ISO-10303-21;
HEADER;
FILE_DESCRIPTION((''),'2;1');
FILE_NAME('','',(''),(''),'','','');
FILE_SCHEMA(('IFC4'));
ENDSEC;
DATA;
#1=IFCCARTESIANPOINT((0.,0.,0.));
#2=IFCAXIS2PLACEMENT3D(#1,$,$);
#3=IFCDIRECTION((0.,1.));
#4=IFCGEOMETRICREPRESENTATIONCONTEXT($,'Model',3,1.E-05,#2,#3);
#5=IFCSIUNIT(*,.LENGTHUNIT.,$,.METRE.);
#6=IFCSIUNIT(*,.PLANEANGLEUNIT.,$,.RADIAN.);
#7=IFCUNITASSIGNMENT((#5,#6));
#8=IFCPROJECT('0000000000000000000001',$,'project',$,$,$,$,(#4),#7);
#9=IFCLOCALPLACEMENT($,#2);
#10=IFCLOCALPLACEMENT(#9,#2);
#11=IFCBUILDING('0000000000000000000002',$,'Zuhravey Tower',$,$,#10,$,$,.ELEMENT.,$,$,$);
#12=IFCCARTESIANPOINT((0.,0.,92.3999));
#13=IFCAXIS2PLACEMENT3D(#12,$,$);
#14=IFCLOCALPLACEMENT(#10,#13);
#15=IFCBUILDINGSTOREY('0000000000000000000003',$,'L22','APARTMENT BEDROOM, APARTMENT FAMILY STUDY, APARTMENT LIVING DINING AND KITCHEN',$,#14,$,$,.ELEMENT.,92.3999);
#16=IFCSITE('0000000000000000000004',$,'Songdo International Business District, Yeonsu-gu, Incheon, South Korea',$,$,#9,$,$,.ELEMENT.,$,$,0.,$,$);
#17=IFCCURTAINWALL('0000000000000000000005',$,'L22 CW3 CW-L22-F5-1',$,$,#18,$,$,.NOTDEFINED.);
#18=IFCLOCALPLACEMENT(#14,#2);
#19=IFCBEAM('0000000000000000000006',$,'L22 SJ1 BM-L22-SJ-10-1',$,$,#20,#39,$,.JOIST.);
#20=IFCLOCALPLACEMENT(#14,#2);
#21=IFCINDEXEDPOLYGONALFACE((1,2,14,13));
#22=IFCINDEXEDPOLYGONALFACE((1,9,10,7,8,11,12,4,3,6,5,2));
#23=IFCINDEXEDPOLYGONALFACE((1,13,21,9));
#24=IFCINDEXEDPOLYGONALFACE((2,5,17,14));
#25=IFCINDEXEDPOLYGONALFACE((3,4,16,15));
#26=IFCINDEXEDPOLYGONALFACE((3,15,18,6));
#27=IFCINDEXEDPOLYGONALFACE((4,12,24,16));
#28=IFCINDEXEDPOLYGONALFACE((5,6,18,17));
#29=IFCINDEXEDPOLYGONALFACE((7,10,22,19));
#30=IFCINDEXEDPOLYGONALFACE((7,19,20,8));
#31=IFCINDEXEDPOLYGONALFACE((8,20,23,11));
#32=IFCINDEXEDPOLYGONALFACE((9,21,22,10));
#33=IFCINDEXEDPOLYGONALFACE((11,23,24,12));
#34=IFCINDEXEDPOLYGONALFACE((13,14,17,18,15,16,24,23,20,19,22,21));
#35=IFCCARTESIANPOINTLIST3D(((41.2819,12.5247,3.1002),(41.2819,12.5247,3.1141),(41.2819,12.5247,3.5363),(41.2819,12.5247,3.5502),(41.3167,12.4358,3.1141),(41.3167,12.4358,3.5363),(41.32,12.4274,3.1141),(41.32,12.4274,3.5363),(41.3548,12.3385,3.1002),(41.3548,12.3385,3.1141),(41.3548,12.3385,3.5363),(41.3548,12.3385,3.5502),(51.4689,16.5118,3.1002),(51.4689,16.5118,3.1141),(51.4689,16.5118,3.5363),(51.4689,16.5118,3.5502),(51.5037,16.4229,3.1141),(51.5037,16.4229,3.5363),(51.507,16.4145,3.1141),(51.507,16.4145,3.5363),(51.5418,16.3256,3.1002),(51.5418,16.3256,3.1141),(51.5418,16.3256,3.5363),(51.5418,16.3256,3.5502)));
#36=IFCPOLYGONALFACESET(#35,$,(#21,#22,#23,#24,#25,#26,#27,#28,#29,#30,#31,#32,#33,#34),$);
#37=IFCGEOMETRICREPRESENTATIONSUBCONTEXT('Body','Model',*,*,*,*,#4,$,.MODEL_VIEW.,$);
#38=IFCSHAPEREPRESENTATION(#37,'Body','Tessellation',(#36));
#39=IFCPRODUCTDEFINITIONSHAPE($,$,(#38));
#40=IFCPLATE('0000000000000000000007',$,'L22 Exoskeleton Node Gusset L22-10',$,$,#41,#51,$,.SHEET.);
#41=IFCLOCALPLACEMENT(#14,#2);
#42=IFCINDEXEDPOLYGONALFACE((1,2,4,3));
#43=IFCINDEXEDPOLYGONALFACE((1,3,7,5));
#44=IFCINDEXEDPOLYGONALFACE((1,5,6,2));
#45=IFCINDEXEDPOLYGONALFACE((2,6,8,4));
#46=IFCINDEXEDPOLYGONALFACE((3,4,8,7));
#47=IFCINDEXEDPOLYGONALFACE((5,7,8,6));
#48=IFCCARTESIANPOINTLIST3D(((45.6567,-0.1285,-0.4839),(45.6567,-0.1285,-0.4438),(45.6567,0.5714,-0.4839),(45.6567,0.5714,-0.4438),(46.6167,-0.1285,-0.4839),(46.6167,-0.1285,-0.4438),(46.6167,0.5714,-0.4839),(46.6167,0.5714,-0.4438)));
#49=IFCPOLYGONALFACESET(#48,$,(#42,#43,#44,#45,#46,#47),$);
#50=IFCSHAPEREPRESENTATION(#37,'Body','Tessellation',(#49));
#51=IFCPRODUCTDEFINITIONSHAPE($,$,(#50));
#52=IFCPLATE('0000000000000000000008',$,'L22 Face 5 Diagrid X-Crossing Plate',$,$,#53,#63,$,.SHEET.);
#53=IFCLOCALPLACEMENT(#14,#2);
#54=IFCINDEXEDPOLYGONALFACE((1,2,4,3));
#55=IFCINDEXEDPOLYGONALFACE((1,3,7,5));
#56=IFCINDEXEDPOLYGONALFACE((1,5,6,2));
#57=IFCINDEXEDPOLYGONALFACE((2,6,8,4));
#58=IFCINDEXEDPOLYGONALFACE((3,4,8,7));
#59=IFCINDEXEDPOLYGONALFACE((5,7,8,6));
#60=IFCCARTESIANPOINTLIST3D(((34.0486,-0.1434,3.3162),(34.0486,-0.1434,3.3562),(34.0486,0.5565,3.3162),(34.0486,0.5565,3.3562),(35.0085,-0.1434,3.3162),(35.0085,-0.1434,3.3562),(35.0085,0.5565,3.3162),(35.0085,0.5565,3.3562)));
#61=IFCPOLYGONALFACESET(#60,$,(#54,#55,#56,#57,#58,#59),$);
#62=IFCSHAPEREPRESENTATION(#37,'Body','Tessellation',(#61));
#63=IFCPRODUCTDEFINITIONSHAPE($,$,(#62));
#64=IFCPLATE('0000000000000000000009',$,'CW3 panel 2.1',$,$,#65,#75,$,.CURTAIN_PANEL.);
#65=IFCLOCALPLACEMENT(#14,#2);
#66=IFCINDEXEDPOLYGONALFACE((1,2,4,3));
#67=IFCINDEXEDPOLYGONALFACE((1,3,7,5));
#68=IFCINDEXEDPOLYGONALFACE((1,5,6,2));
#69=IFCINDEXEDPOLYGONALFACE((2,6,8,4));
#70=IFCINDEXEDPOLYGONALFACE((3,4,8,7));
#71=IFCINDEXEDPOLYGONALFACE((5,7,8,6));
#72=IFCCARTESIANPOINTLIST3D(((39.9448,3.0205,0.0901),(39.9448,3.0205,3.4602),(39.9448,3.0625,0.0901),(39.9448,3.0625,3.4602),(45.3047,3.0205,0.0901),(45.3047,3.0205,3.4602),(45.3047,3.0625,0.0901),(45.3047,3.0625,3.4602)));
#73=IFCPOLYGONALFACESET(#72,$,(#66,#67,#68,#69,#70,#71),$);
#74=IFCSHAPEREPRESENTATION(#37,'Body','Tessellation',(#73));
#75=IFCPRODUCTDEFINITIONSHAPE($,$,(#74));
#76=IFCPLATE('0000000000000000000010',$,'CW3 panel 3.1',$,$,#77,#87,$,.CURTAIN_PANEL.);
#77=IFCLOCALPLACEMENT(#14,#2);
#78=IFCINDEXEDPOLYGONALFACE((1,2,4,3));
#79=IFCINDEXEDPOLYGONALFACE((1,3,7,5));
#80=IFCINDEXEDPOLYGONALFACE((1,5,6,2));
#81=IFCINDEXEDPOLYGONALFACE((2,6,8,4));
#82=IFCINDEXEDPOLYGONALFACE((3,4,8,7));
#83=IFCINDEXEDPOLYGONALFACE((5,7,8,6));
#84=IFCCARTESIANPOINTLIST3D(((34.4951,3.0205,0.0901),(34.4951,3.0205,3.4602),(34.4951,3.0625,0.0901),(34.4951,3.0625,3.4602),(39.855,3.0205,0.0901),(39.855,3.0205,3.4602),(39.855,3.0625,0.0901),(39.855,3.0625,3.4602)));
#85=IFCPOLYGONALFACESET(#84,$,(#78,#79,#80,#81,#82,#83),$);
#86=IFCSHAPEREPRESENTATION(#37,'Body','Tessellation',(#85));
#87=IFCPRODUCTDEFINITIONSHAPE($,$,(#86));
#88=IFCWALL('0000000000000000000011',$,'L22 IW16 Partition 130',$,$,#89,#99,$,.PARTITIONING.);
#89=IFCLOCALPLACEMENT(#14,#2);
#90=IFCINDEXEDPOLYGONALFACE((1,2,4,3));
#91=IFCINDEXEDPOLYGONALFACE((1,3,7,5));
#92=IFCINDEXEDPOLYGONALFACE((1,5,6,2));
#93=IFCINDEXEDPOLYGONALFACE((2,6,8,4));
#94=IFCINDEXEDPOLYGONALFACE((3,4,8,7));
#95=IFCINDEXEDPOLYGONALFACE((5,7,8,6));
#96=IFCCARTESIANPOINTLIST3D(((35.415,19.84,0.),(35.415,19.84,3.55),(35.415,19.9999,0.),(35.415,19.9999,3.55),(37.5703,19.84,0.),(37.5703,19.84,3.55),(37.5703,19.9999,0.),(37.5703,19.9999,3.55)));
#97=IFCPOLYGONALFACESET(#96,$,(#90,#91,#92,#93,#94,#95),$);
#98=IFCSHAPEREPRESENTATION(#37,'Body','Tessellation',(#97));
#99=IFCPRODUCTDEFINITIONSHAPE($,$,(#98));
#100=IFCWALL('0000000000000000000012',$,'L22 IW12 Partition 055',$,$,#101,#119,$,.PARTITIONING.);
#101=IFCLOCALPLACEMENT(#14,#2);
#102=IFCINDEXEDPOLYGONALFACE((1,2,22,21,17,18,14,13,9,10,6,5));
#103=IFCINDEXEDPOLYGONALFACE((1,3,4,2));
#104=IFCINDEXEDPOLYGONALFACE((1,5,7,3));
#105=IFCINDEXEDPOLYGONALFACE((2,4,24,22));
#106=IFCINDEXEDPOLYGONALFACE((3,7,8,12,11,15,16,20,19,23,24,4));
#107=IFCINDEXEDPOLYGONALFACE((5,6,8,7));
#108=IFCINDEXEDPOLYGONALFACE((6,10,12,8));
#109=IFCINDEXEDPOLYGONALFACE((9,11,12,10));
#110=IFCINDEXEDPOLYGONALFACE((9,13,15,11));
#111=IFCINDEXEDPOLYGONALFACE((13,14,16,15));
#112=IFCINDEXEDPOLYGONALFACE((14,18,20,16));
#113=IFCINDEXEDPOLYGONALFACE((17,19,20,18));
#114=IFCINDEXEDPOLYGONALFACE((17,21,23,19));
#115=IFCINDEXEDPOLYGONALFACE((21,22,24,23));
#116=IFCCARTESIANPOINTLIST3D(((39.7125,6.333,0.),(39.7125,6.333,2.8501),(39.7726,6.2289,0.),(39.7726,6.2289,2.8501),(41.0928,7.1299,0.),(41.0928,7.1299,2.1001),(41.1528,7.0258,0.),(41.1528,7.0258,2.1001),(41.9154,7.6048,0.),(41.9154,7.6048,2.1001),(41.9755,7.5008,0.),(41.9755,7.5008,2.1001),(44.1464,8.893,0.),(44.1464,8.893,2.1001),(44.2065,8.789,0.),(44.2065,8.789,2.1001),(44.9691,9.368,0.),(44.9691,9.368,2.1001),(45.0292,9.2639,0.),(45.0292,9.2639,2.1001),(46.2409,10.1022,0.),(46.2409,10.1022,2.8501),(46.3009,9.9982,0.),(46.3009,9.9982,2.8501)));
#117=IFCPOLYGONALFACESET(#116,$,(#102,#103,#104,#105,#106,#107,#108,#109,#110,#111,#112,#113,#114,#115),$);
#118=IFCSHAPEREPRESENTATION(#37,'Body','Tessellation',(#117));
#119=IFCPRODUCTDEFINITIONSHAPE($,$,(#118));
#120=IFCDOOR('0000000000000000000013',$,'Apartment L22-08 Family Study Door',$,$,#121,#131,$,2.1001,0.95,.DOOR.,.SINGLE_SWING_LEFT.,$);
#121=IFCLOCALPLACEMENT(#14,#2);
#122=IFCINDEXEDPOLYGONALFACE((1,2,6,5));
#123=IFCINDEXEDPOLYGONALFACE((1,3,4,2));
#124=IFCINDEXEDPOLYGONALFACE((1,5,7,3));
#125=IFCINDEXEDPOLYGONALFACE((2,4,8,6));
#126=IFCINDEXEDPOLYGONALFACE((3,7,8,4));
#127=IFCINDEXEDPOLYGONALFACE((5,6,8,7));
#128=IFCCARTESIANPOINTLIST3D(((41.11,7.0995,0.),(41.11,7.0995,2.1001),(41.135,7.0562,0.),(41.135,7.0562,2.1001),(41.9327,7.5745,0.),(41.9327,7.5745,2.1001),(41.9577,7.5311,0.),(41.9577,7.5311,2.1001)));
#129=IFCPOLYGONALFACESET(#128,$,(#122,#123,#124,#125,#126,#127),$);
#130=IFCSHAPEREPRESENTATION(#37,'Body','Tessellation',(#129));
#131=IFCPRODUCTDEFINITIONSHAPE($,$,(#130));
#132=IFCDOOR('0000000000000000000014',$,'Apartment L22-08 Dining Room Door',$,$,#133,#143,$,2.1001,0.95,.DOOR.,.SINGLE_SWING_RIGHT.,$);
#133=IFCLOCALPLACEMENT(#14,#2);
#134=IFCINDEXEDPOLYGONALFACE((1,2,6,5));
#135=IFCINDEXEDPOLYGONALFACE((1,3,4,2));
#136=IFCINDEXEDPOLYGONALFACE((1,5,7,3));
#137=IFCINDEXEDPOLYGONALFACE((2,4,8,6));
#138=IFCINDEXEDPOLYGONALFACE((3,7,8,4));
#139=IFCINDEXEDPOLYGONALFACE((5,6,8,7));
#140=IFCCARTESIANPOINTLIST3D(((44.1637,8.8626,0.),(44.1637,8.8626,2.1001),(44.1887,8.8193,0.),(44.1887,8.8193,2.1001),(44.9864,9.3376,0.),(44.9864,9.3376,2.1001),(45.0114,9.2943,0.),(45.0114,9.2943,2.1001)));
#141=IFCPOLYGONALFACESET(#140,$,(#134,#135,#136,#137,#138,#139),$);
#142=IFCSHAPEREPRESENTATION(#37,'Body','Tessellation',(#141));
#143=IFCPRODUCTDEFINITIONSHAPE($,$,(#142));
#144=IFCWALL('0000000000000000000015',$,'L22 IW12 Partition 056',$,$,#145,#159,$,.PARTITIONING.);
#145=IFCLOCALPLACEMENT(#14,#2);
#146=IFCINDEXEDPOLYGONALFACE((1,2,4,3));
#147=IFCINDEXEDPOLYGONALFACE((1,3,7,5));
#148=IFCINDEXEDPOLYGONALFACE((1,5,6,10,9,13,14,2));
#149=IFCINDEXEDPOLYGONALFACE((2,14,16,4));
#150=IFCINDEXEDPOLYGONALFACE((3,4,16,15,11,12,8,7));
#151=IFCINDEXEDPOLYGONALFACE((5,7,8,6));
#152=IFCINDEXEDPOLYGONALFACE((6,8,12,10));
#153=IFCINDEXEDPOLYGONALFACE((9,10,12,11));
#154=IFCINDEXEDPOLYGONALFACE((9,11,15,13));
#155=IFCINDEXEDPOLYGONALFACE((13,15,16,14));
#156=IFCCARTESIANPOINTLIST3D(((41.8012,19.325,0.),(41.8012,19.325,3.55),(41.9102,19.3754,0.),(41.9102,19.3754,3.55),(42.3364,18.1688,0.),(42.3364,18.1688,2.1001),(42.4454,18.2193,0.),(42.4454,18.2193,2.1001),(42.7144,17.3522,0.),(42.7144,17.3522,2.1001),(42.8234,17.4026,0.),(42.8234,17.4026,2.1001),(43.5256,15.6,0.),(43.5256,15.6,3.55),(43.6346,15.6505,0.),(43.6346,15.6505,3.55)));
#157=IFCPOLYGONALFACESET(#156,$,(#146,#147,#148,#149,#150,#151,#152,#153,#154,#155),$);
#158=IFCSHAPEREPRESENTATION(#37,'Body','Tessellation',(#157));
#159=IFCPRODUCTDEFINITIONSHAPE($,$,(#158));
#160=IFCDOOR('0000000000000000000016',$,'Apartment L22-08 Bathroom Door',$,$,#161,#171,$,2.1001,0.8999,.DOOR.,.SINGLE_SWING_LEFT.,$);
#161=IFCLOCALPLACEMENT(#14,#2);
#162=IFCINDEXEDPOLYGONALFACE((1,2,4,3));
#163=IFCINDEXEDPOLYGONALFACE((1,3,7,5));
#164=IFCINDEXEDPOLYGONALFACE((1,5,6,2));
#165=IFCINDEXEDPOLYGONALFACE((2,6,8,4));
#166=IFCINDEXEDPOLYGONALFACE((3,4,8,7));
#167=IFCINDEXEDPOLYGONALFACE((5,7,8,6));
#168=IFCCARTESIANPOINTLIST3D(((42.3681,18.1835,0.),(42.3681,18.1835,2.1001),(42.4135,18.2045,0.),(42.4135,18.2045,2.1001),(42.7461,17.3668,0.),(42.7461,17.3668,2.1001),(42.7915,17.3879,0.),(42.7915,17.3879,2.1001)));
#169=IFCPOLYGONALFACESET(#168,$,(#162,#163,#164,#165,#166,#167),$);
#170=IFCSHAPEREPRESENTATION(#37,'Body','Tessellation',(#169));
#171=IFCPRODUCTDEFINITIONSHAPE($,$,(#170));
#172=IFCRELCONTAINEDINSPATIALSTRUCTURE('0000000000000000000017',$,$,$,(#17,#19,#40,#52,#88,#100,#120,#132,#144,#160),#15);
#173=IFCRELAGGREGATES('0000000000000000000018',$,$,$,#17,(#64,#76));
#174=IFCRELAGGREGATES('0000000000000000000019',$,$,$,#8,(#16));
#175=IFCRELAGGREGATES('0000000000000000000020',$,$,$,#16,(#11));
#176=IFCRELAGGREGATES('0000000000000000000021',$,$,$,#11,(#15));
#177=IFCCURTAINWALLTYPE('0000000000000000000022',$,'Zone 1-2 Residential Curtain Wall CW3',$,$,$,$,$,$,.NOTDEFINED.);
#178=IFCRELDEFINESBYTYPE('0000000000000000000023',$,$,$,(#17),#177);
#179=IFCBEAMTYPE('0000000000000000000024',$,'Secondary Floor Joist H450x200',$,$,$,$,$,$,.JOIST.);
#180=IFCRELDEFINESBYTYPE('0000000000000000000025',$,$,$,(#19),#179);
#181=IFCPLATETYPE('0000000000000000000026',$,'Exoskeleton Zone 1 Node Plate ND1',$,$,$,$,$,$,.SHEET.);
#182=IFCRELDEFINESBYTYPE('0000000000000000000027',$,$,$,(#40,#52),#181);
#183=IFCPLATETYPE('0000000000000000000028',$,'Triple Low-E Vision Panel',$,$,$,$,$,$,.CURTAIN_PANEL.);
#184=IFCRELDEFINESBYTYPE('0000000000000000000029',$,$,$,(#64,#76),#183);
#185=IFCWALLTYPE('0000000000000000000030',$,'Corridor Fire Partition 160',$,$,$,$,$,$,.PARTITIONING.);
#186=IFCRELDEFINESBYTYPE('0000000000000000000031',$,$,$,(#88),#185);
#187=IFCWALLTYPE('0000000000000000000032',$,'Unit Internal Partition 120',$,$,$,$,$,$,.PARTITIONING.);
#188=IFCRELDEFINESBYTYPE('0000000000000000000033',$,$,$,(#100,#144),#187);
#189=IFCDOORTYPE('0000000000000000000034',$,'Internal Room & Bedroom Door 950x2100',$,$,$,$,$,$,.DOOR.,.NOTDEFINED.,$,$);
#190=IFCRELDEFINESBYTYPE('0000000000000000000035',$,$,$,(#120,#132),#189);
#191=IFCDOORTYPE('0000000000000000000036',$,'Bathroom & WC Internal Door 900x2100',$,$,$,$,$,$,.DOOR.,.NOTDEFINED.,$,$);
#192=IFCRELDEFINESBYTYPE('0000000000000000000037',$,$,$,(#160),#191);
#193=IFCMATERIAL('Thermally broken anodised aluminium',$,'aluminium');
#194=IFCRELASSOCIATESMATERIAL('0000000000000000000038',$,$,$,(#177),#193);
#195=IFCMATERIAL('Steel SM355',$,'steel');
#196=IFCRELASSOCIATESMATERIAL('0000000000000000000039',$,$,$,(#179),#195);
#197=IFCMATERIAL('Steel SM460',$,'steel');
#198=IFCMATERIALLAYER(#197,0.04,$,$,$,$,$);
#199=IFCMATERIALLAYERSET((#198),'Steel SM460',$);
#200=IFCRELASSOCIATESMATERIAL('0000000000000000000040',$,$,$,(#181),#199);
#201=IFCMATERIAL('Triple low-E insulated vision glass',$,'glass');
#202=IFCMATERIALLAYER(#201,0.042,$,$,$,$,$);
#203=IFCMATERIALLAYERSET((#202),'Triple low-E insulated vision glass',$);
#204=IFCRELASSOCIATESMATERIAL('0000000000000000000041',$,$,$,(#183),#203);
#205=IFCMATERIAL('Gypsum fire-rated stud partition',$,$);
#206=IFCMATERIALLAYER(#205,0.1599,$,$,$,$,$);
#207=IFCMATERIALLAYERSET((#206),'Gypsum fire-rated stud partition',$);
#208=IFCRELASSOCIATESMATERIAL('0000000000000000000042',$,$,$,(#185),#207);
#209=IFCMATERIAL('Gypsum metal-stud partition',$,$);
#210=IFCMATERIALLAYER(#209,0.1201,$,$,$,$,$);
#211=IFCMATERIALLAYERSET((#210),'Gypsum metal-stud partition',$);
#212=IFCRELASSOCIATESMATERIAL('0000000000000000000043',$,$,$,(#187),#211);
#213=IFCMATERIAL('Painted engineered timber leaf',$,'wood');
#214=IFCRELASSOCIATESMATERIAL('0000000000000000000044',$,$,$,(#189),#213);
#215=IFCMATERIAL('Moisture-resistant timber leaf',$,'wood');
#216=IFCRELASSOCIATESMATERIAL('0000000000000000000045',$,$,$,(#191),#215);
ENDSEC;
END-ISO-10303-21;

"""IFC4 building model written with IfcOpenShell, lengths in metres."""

from ifc_helpers import new_model, si_unit, direction, frame, frame_2d, origin, origin_2d, place, context, subcontext, project, spatial, rectangle, i_section, extrude, material, layer, layer_set, material_profile, profile_set, type_object, element, fill, aggregate, save


model = new_model("IFC4")

# Units and contexts
model_context = context("Model", 3, precision=1e-05, world=origin(), true_north=direction((0.0, 1.0)))
body_context = subcontext(model_context, "Body", "Model", "MODEL_VIEW")
ifc_project = project(units=[si_unit("LENGTHUNIT", "METRE"), si_unit("PLANEANGLEUNIT", "RADIAN")], contexts=[model_context])

# Site, building, storey
site_placement = place(None, origin())
site = spatial("IfcSite", under=ifc_project, at=site_placement, Name="Songdo International Business District, Yeonsu-gu, Incheon, South Korea", CompositionType="ELEMENT", RefElevation=0.0)
building_placement = place(site_placement, origin())
building = spatial("IfcBuilding", under=site, at=building_placement, Name="Zuhravey Tower", CompositionType="ELEMENT")
storey_placement = place(building_placement, frame((0.0, 0.0, 92.3999)))
storey = spatial("IfcBuildingStorey", under=building, at=storey_placement, Name="L22", Description="APARTMENT BEDROOM, APARTMENT FAMILY STUDY, APARTMENT LIVING DINING AND KITCHEN", CompositionType="ELEMENT", Elevation=92.3999)

# Curtain wall
ifc_material_1 = material(Name="Thermally broken anodised aluminium", Category="aluminium")
curtain_wall_type = type_object("IfcCurtainWallType", Name="Zone 1-2 Residential Curtain Wall CW3", PredefinedType="NOTDEFINED", material=ifc_material_1)
curtain_wall_placement = place(storey_placement, origin())
curtain_wall = element("IfcCurtainWall", 1, at=curtain_wall_placement, inside=storey, type_object=curtain_wall_type, Name="L22 CW3 CW-L22-F5-1", PredefinedType="NOTDEFINED")

# Shared definitions
ifc_material_2 = material(Name="Steel SM460", Category="steel")

# Beam
ifc_material_3 = material(Name="Steel SM355", Category="steel")
ifc_material_profile_1 = material_profile(ifc_material_3, i_section(OverallWidth=0.2, OverallDepth=0.45, WebThickness=0.009, FlangeThickness=0.0139, at=origin_2d()), Name="H-450x200x9x14")
ifc_profile_set_1 = profile_set([ifc_material_profile_1], Name="Steel SM355")
beam_type_1 = type_object("IfcBeamType", Name="Secondary Floor Joist H450x200", PredefinedType="JOIST", material=ifc_profile_set_1)
beam_1_placement = place(storey_placement, frame((41.3184, 12.4316, 3.3252), z_axis=(0.931217, 0.364466, 0.0), x_axis=(-0.364466, 0.931217, 0.0)))
element("IfcBeam", 2, at=beam_1_placement, inside=storey, type_object=beam_type_1, Name="L22 SJ1 BM-L22-SJ-10-1", PredefinedType="JOIST", context=body_context, shape_type="SweptSolid", body=[
    extrude(i_section(OverallWidth=0.2, OverallDepth=0.45, WebThickness=0.009, FlangeThickness=0.0139, at=origin_2d()), origin(), (0.0, 0.0, 1.0), 10.9395),
])

# Plates
ifc_layer_1 = layer(ifc_material_2, 0.04)
ifc_layer_set_1 = layer_set([ifc_layer_1], Name="Steel SM460")
plate_type_1 = type_object("IfcPlateType", Name="Exoskeleton Zone 1 Node Plate ND1", PredefinedType="SHEET", material=ifc_layer_set_1)
for number, where, z_axis, x_axis, name in (
    (3, (46.1367, 0.2214, -0.4839), (0.0, 0.0, 1.0), (1.0, 0.0, 0.0), "L22 Exoskeleton Node Gusset L22-10"),
    (4, (34.5286, 0.2065, 3.3162), (0.0, 0.0, 1.0), (1.0, 0.0, 0.0), "L22 Face 5 Diagrid X-Crossing Plate"),
):
    element("IfcPlate", number, at=place(storey_placement, frame(where, z_axis=z_axis, x_axis=x_axis)), inside=storey, type_object=plate_type_1, Name=name, PredefinedType="SHEET", context=body_context, shape_type="SweptSolid", body=[
        extrude(rectangle(XDim=0.96, YDim=0.7, at=origin_2d()), origin(), (0.0, 0.0, 1.0), 0.04),
    ])

# Plates
ifc_material_4 = material(Name="Triple low-E insulated vision glass", Category="glass")
ifc_layer_2 = layer(ifc_material_4, 0.042)
ifc_layer_set_2 = layer_set([ifc_layer_2], Name="Triple low-E insulated vision glass")
plate_type_2 = type_object("IfcPlateType", Name="Triple Low-E Vision Panel", PredefinedType="CURTAIN_PANEL", material=ifc_layer_set_2)
plate_1_placement = place(storey_placement, frame((42.6248, 3.0415, 0.0901), z_axis=(0.0, 0.0, 1.0), x_axis=(-1.0, 0.0, 0.0)))
plate_1 = element("IfcPlate", 5, at=plate_1_placement, type_object=plate_type_2, Name="CW3 panel 2.1", PredefinedType="CURTAIN_PANEL", context=body_context, shape_type="SweptSolid", body=[
    extrude(rectangle(XDim=5.3599, YDim=0.042, at=origin_2d()), origin(), (0.0, 0.0, 1.0), 3.3701),
])
plate_2_placement = place(storey_placement, frame((37.175, 3.0415, 0.0901), z_axis=(0.0, 0.0, 1.0), x_axis=(-1.0, 0.0, 0.0)))
plate_2 = element("IfcPlate", 6, at=plate_2_placement, type_object=plate_type_2, Name="CW3 panel 3.1", PredefinedType="CURTAIN_PANEL", context=body_context, shape_type="SweptSolid", body=[
    extrude(rectangle(XDim=5.3599, YDim=0.042, at=origin_2d()), origin(), (0.0, 0.0, 1.0), 3.3701),
])
aggregate(curtain_wall, [plate_1, plate_2])

# Wall
ifc_material_5 = material(Name="Gypsum fire-rated stud partition")
ifc_layer_3 = layer(ifc_material_5, 0.1599)
ifc_layer_set_3 = layer_set([ifc_layer_3], Name="Gypsum fire-rated stud partition")
wall_type_1 = type_object("IfcWallType", Name="Corridor Fire Partition 160", PredefinedType="PARTITIONING", material=ifc_layer_set_3)
wall_1_placement = place(storey_placement, frame((35.415, 19.9199, 0.0), z_axis=(0.0, 0.0, 1.0), x_axis=(1.0, 0.0, 0.0)))
element("IfcWall", 7, at=wall_1_placement, inside=storey, type_object=wall_type_1, Name="L22 IW16 Partition 130", PredefinedType="PARTITIONING", context=body_context, shape_type="SweptSolid", body=[
    extrude(rectangle(XDim=2.1553, YDim=0.1599, at=frame_2d((1.0776, 0.0))), origin(), (0.0, 0.0, 1.0), 3.55),
])

# Wall, openings, doors
ifc_material_6 = material(Name="Gypsum metal-stud partition")
ifc_layer_4 = layer(ifc_material_6, 0.1201)
ifc_layer_set_4 = layer_set([ifc_layer_4], Name="Gypsum metal-stud partition")
wall_type_2 = type_object("IfcWallType", Name="Unit Internal Partition 120", PredefinedType="PARTITIONING", material=ifc_layer_set_4)
wall_2_placement = place(storey_placement, frame((39.7427, 6.281, 0.0), z_axis=(0.0, 0.0, 1.0), x_axis=(0.866016, 0.500016, 0.0)))
wall_2 = element("IfcWall", 8, at=wall_2_placement, inside=storey, type_object=wall_type_2, Name="L22 IW12 Partition 055", PredefinedType="PARTITIONING", context=body_context, shape_type="SweptSolid", body=[
    extrude(rectangle(XDim=7.5383, YDim=0.1201, at=frame_2d((3.769, 0.0))), origin(), (0.0, 0.0, 1.0), 2.8501),
])
opening_1_placement = place(wall_2_placement, frame((1.5935, 0.0, 0.0)))
opening_1 = element("IfcOpeningElement", 9, at=opening_1_placement, cuts=wall_2, PredefinedType="OPENING", context=body_context, shape_type="SweptSolid", body=[
    extrude(rectangle(XDim=0.95, YDim=2.1001, at=frame_2d((0.4751, 1.05))), frame((0.0, 0.072, 0.0), z_axis=(0.0, -1.0, 0.0), x_axis=(1.0, 0.0, 0.0)), (0.0, 0.0, 1.0), 0.144),
])
opening_2_placement = place(wall_2_placement, frame((5.1196, 0.0, 0.0)))
opening_2 = element("IfcOpeningElement", 10, at=opening_2_placement, cuts=wall_2, PredefinedType="OPENING", context=body_context, shape_type="SweptSolid", body=[
    extrude(rectangle(XDim=0.95, YDim=2.1001, at=frame_2d((0.4751, 1.05))), frame((0.0, 0.072, 0.0), z_axis=(0.0, -1.0, 0.0), x_axis=(1.0, 0.0, 0.0)), (0.0, 0.0, 1.0), 0.144),
])
ifc_material_7 = material(Name="Painted engineered timber leaf", Category="wood")
door_type_1 = type_object("IfcDoorType", Name="Internal Room & Bedroom Door 950x2100", OperationType="NOTDEFINED", PredefinedType="DOOR", material=ifc_material_7)
door_1_placement = place(opening_1_placement, frame((0.95, 0.0, 0.0), z_axis=(0.0, 0.0, 1.0), x_axis=(-1.0, 0.0, 0.0)))
door_1 = element("IfcDoor", 11, at=door_1_placement, inside=storey, type_object=door_type_1, Name="Apartment L22-08 Family Study Door", OperationType="SINGLE_SWING_LEFT", OverallHeight=2.1001, OverallWidth=0.95, PredefinedType="DOOR", context=body_context, shape_type="SweptSolid", body=[
    extrude(rectangle(XDim=0.95, YDim=2.1001, at=frame_2d((0.4751, 1.05))), frame((0.0, 0.0249, 0.0), z_axis=(0.0, -1.0, 0.0), x_axis=(1.0, 0.0, 0.0)), (0.0, 0.0, 1.0), 0.05),
])
fill(opening_1, door_1)
door_2_placement = place(opening_2_placement, frame((0.95, 0.0, 0.0), z_axis=(0.0, 0.0, 1.0), x_axis=(-1.0, 0.0, 0.0)))
door_2 = element("IfcDoor", 12, at=door_2_placement, inside=storey, type_object=door_type_1, Name="Apartment L22-08 Dining Room Door", OperationType="SINGLE_SWING_RIGHT", OverallHeight=2.1001, OverallWidth=0.95, PredefinedType="DOOR", context=body_context, shape_type="SweptSolid", body=[
    extrude(rectangle(XDim=0.95, YDim=2.1001, at=frame_2d((0.4751, 1.05))), frame((0.0, 0.0249, 0.0), z_axis=(0.0, -1.0, 0.0), x_axis=(1.0, 0.0, 0.0)), (0.0, 0.0, 1.0), 0.05),
])
fill(opening_2, door_2)

# Wall, opening, door
wall_3_placement = place(storey_placement, frame((41.8557, 19.3501, 0.0), z_axis=(0.0, 0.0, 1.0), x_axis=(0.420103, -0.907477, 0.0)))
wall_3 = element("IfcWall", 13, at=wall_3_placement, inside=storey, type_object=wall_type_2, Name="L22 IW12 Partition 056", PredefinedType="PARTITIONING", context=body_context, shape_type="SweptSolid", body=[
    extrude(rectangle(XDim=4.1047, YDim=0.1201, at=frame_2d((2.0522, 0.0))), origin(), (0.0, 0.0, 1.0), 3.55),
])
opening_3_placement = place(wall_3_placement, frame((1.2739, 0.0, 0.0)))
opening_3 = element("IfcOpeningElement", 14, at=opening_3_placement, cuts=wall_3, PredefinedType="OPENING", context=body_context, shape_type="SweptSolid", body=[
    extrude(rectangle(XDim=0.8999, YDim=2.1001, at=frame_2d((0.45, 1.05))), frame((0.0, 0.072, 0.0), z_axis=(0.0, -1.0, 0.0), x_axis=(1.0, 0.0, 0.0)), (0.0, 0.0, 1.0), 0.144),
])
ifc_material_8 = material(Name="Moisture-resistant timber leaf", Category="wood")
door_type_2 = type_object("IfcDoorType", Name="Bathroom & WC Internal Door 900x2100", OperationType="NOTDEFINED", PredefinedType="DOOR", material=ifc_material_8)
door_3_placement = place(opening_3_placement, origin())
door_3 = element("IfcDoor", 15, at=door_3_placement, inside=storey, type_object=door_type_2, Name="Apartment L22-08 Bathroom Door", OperationType="SINGLE_SWING_LEFT", OverallHeight=2.1001, OverallWidth=0.8999, PredefinedType="DOOR", context=body_context, shape_type="SweptSolid", body=[
    extrude(rectangle(XDim=0.8999, YDim=2.1001, at=frame_2d((0.45, 1.05))), frame((0.0, 0.0249, 0.0), z_axis=(0.0, -1.0, 0.0), x_axis=(1.0, 0.0, 0.0)), (0.0, 0.0, 1.0), 0.05),
])
fill(opening_3, door_3)

save(model, "model.ifc")
